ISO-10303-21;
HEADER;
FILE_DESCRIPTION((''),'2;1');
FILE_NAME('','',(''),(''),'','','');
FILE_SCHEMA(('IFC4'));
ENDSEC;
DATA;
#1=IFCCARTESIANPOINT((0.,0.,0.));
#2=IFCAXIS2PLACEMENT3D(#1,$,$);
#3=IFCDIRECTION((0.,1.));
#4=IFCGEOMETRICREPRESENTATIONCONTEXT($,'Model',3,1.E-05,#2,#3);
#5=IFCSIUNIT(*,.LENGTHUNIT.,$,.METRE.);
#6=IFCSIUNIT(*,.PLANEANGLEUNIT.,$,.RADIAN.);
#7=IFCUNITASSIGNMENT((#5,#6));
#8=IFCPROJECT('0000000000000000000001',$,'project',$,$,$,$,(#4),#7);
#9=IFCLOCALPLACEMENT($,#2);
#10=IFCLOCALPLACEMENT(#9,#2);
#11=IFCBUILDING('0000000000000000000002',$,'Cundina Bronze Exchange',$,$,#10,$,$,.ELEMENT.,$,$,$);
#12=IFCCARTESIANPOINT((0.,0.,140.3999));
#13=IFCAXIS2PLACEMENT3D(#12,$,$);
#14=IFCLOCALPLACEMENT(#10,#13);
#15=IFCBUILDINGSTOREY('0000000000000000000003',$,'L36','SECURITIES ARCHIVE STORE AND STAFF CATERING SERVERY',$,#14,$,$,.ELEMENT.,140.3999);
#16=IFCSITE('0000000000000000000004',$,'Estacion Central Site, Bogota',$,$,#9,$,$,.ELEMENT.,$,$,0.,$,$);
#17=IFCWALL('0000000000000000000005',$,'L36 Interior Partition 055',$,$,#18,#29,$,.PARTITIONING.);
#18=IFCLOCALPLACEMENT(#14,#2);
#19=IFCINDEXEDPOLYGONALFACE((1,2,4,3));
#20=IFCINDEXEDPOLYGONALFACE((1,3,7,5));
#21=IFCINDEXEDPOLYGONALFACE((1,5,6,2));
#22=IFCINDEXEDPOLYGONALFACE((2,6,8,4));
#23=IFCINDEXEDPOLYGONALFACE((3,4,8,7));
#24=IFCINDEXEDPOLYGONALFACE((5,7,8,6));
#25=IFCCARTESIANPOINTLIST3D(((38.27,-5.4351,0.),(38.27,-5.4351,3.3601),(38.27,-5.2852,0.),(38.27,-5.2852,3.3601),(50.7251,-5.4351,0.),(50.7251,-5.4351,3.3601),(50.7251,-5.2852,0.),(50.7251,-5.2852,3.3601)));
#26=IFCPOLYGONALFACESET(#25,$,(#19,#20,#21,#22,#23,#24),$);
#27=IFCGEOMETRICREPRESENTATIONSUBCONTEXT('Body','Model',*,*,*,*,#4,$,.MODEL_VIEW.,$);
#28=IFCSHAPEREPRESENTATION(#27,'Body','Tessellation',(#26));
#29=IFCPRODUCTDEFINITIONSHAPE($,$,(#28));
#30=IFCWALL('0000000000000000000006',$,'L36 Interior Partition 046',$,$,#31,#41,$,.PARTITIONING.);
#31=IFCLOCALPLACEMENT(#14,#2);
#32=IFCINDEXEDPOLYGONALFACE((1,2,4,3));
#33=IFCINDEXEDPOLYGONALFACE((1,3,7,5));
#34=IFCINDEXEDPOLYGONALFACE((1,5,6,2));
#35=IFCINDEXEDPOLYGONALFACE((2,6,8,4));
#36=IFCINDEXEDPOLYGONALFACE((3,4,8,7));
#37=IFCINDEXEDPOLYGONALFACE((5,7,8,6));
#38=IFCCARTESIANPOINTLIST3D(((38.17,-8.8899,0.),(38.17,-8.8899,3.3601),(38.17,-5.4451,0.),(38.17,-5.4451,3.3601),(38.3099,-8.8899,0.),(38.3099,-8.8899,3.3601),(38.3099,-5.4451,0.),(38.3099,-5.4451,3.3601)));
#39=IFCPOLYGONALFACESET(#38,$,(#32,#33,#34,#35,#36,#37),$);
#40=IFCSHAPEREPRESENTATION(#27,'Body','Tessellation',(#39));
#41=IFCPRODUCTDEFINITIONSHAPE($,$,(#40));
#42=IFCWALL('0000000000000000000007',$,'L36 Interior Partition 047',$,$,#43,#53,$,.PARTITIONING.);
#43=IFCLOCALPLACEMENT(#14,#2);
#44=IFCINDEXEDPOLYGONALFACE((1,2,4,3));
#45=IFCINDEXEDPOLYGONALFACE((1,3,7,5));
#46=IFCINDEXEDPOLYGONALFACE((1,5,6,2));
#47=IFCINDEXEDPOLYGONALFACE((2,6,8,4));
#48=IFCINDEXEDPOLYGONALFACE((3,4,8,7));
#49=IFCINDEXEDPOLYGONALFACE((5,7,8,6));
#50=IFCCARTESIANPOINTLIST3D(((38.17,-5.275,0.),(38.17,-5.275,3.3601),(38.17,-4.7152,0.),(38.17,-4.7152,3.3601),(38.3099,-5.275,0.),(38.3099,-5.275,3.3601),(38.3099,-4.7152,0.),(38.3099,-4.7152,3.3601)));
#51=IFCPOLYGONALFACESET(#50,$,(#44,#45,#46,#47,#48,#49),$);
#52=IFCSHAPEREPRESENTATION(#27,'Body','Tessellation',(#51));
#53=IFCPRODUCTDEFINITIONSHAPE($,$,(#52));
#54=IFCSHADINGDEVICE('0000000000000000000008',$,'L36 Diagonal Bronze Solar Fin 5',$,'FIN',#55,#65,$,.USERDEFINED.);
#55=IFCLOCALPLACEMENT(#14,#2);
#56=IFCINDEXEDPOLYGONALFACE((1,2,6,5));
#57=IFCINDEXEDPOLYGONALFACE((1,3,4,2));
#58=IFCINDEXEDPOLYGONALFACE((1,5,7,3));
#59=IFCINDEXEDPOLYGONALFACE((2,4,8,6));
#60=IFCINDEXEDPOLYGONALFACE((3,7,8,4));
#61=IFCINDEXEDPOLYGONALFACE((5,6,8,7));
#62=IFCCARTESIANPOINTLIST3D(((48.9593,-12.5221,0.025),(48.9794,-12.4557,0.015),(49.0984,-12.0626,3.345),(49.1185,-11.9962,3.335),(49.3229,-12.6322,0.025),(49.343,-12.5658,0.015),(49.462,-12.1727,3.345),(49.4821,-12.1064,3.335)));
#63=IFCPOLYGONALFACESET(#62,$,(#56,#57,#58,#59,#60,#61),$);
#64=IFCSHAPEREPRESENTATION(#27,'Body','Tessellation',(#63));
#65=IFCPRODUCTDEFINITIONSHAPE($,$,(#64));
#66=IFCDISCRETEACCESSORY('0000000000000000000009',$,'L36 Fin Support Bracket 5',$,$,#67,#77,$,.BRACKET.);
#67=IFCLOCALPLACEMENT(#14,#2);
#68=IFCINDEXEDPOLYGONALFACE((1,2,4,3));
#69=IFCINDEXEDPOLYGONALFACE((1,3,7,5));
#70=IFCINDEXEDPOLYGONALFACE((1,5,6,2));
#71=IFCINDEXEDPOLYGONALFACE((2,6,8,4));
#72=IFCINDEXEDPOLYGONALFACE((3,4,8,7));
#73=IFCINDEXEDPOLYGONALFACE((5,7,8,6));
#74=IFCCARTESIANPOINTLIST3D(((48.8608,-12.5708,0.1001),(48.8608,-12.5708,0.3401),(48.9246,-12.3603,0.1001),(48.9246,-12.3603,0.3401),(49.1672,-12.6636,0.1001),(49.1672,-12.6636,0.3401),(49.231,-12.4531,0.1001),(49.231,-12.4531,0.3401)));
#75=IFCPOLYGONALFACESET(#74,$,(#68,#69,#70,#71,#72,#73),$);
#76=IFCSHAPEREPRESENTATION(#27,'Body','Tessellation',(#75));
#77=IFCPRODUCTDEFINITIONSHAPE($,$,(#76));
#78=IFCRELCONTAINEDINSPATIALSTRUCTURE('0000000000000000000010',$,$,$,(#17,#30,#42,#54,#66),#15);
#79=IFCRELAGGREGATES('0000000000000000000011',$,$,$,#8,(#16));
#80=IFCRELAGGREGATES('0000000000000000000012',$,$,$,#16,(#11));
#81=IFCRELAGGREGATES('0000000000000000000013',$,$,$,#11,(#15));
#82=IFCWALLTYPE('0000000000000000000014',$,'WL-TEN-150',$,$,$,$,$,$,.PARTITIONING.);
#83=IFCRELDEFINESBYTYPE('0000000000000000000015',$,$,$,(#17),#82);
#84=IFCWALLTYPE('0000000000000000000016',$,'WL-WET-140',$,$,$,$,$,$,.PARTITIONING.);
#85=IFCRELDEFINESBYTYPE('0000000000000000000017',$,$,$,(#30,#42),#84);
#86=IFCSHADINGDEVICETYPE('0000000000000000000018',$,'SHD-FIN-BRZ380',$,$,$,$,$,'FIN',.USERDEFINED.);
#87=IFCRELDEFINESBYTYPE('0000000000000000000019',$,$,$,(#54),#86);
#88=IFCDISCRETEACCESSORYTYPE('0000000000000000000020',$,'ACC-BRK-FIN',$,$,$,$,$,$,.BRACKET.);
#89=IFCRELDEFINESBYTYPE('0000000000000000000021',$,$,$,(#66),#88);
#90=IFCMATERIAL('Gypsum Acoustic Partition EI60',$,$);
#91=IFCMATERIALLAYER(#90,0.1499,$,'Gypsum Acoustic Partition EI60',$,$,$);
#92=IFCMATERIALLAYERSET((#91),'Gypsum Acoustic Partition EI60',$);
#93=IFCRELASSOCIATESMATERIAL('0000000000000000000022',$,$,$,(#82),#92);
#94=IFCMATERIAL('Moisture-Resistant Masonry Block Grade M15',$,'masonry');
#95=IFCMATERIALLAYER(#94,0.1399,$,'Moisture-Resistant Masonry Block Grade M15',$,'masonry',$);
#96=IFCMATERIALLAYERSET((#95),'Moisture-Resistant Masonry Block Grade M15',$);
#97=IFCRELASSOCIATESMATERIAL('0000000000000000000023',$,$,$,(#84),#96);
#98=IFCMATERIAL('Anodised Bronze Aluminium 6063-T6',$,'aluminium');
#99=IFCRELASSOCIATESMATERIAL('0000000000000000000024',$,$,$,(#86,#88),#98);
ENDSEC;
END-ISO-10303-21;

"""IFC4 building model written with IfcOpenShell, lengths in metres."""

from ifc_helpers import new_model, si_unit, direction, frame, frame_2d, origin, origin_2d, place, context, subcontext, project, spatial, rectangle, extrude, material, layer, layer_set, material_profile, profile_set, type_object, element, save


model = new_model("IFC4")

# Units and contexts
model_context = context("Model", 3, precision=1e-05, world=origin(), true_north=direction((0.0, 1.0)))
body_context = subcontext(model_context, "Body", "Model", "MODEL_VIEW")
ifc_project = project(units=[si_unit("LENGTHUNIT", "METRE"), si_unit("PLANEANGLEUNIT", "RADIAN")], contexts=[model_context])

# Site, building, storey
site_placement = place(None, origin())
site = spatial("IfcSite", under=ifc_project, at=site_placement, Name="Estacion Central Site, Bogota", CompositionType="ELEMENT", RefElevation=0.0)
building_placement = place(site_placement, origin())
building = spatial("IfcBuilding", under=site, at=building_placement, Name="Cundina Bronze Exchange", CompositionType="ELEMENT")
storey_placement = place(building_placement, frame((0.0, 0.0, 140.3999)))
storey = spatial("IfcBuildingStorey", under=building, at=storey_placement, Name="L36", Description="SECURITIES ARCHIVE STORE AND STAFF CATERING SERVERY", CompositionType="ELEMENT", Elevation=140.3999)

# Shared definitions
ifc_material_1 = material(Name="Anodised Bronze Aluminium 6063-T6", Category="aluminium")

# Walls
ifc_material_2 = material(Name="Gypsum Acoustic Partition EI60")
ifc_layer_1 = layer(ifc_material_2, 0.1499, Name="Gypsum Acoustic Partition EI60")
ifc_layer_set_1 = layer_set([ifc_layer_1], Name="Gypsum Acoustic Partition EI60")
wall_type_1 = type_object("IfcWallType", Name="WL-TEN-150", PredefinedType="PARTITIONING", material=ifc_layer_set_1)
wall_1_placement = place(storey_placement, frame((38.27, -5.3601, 0.0), z_axis=(0.0, 0.0, 1.0), x_axis=(1.0, 0.0, 0.0)))
element("IfcWall", 1, at=wall_1_placement, inside=storey, type_object=wall_type_1, Name="L36 Interior Partition 055", PredefinedType="PARTITIONING", context=body_context, shape_type="SweptSolid", body=[
    extrude(rectangle(XDim=12.4551, YDim=0.1499, at=frame_2d((6.2275, 0.0))), origin(), (0.0, 0.0, 1.0), 3.3601),
])
ifc_material_3 = material(Name="Moisture-Resistant Masonry Block Grade M15", Category="masonry")
ifc_layer_2 = layer(ifc_material_3, 0.1399, Name="Moisture-Resistant Masonry Block Grade M15", Category="masonry")
ifc_layer_set_2 = layer_set([ifc_layer_2], Name="Moisture-Resistant Masonry Block Grade M15")
wall_type_2 = type_object("IfcWallType", Name="WL-WET-140", PredefinedType="PARTITIONING", material=ifc_layer_set_2)
wall_2_placement = place(storey_placement, frame((38.24, -8.8899, 0.0), z_axis=(0.0, 0.0, 1.0), x_axis=(0.0, 1.0, 0.0)))
element("IfcWall", 2, at=wall_2_placement, inside=storey, type_object=wall_type_2, Name="L36 Interior Partition 046", PredefinedType="PARTITIONING", context=body_context, shape_type="SweptSolid", body=[
    extrude(rectangle(XDim=3.4448, YDim=0.1399, at=frame_2d((1.7224, 0.0))), origin(), (0.0, 0.0, 1.0), 3.3601),
])
wall_3_placement = place(storey_placement, frame((38.24, -5.2749, 0.0), z_axis=(0.0, 0.0, 1.0), x_axis=(0.0, 1.0, 0.0)))
element("IfcWall", 3, at=wall_3_placement, inside=storey, type_object=wall_type_2, Name="L36 Interior Partition 047", PredefinedType="PARTITIONING", context=body_context, shape_type="SweptSolid", body=[
    extrude(rectangle(XDim=0.5598, YDim=0.1399, at=frame_2d((0.2798, 0.0))), origin(), (0.0, 0.0, 1.0), 3.3601),
])

# Shading device
ifc_material_profile_1 = material_profile(ifc_material_1, rectangle(XDim=0.0701, YDim=0.3799, at=origin_2d()), Name="FIN70X380", Category="aluminium")
ifc_profile_set_1 = profile_set([ifc_material_profile_1], Name="Anodised Bronze Aluminium 6063-T6")
shading_device_type = type_object("IfcShadingDeviceType", Name="SHD-FIN-BRZ380", ElementType="FIN", PredefinedType="USERDEFINED", material=ifc_profile_set_1)
shading_device_placement = place(storey_placement, frame((49.1511, -12.5439, 0.02), z_axis=(0.041483, 0.136968, 0.989706), x_axis=(-0.286883, -0.947216, 0.143112)))
element("IfcShadingDevice", 4, at=shading_device_placement, inside=storey, type_object=shading_device_type, Name="L36 Diagonal Bronze Solar Fin 5", ObjectType="FIN", PredefinedType="USERDEFINED", context=body_context, shape_type="SweptSolid", body=[
    extrude(rectangle(XDim=0.0701, YDim=0.3799, at=origin_2d()), origin(), (0.0, 0.0, 1.0), 3.3545),
])

# Discrete accessory
discrete_accessory_type = type_object("IfcDiscreteAccessoryType", Name="ACC-BRK-FIN", PredefinedType="BRACKET", material=ifc_material_1)
discrete_accessory_placement = place(storey_placement, frame((49.0459, -12.512, 0.1001), z_axis=(0.0, 0.0, 1.0), x_axis=(0.290051, 0.957011, 0.0)))
element("IfcDiscreteAccessory", 5, at=discrete_accessory_placement, inside=storey, type_object=discrete_accessory_type, Name="L36 Fin Support Bracket 5", PredefinedType="BRACKET", context=body_context, shape_type="SweptSolid", body=[
    extrude(rectangle(XDim=0.22, YDim=0.3201, at=origin_2d()), origin(), (0.0, 0.0, 1.0), 0.24),
])

save(model, "model.ifc")
